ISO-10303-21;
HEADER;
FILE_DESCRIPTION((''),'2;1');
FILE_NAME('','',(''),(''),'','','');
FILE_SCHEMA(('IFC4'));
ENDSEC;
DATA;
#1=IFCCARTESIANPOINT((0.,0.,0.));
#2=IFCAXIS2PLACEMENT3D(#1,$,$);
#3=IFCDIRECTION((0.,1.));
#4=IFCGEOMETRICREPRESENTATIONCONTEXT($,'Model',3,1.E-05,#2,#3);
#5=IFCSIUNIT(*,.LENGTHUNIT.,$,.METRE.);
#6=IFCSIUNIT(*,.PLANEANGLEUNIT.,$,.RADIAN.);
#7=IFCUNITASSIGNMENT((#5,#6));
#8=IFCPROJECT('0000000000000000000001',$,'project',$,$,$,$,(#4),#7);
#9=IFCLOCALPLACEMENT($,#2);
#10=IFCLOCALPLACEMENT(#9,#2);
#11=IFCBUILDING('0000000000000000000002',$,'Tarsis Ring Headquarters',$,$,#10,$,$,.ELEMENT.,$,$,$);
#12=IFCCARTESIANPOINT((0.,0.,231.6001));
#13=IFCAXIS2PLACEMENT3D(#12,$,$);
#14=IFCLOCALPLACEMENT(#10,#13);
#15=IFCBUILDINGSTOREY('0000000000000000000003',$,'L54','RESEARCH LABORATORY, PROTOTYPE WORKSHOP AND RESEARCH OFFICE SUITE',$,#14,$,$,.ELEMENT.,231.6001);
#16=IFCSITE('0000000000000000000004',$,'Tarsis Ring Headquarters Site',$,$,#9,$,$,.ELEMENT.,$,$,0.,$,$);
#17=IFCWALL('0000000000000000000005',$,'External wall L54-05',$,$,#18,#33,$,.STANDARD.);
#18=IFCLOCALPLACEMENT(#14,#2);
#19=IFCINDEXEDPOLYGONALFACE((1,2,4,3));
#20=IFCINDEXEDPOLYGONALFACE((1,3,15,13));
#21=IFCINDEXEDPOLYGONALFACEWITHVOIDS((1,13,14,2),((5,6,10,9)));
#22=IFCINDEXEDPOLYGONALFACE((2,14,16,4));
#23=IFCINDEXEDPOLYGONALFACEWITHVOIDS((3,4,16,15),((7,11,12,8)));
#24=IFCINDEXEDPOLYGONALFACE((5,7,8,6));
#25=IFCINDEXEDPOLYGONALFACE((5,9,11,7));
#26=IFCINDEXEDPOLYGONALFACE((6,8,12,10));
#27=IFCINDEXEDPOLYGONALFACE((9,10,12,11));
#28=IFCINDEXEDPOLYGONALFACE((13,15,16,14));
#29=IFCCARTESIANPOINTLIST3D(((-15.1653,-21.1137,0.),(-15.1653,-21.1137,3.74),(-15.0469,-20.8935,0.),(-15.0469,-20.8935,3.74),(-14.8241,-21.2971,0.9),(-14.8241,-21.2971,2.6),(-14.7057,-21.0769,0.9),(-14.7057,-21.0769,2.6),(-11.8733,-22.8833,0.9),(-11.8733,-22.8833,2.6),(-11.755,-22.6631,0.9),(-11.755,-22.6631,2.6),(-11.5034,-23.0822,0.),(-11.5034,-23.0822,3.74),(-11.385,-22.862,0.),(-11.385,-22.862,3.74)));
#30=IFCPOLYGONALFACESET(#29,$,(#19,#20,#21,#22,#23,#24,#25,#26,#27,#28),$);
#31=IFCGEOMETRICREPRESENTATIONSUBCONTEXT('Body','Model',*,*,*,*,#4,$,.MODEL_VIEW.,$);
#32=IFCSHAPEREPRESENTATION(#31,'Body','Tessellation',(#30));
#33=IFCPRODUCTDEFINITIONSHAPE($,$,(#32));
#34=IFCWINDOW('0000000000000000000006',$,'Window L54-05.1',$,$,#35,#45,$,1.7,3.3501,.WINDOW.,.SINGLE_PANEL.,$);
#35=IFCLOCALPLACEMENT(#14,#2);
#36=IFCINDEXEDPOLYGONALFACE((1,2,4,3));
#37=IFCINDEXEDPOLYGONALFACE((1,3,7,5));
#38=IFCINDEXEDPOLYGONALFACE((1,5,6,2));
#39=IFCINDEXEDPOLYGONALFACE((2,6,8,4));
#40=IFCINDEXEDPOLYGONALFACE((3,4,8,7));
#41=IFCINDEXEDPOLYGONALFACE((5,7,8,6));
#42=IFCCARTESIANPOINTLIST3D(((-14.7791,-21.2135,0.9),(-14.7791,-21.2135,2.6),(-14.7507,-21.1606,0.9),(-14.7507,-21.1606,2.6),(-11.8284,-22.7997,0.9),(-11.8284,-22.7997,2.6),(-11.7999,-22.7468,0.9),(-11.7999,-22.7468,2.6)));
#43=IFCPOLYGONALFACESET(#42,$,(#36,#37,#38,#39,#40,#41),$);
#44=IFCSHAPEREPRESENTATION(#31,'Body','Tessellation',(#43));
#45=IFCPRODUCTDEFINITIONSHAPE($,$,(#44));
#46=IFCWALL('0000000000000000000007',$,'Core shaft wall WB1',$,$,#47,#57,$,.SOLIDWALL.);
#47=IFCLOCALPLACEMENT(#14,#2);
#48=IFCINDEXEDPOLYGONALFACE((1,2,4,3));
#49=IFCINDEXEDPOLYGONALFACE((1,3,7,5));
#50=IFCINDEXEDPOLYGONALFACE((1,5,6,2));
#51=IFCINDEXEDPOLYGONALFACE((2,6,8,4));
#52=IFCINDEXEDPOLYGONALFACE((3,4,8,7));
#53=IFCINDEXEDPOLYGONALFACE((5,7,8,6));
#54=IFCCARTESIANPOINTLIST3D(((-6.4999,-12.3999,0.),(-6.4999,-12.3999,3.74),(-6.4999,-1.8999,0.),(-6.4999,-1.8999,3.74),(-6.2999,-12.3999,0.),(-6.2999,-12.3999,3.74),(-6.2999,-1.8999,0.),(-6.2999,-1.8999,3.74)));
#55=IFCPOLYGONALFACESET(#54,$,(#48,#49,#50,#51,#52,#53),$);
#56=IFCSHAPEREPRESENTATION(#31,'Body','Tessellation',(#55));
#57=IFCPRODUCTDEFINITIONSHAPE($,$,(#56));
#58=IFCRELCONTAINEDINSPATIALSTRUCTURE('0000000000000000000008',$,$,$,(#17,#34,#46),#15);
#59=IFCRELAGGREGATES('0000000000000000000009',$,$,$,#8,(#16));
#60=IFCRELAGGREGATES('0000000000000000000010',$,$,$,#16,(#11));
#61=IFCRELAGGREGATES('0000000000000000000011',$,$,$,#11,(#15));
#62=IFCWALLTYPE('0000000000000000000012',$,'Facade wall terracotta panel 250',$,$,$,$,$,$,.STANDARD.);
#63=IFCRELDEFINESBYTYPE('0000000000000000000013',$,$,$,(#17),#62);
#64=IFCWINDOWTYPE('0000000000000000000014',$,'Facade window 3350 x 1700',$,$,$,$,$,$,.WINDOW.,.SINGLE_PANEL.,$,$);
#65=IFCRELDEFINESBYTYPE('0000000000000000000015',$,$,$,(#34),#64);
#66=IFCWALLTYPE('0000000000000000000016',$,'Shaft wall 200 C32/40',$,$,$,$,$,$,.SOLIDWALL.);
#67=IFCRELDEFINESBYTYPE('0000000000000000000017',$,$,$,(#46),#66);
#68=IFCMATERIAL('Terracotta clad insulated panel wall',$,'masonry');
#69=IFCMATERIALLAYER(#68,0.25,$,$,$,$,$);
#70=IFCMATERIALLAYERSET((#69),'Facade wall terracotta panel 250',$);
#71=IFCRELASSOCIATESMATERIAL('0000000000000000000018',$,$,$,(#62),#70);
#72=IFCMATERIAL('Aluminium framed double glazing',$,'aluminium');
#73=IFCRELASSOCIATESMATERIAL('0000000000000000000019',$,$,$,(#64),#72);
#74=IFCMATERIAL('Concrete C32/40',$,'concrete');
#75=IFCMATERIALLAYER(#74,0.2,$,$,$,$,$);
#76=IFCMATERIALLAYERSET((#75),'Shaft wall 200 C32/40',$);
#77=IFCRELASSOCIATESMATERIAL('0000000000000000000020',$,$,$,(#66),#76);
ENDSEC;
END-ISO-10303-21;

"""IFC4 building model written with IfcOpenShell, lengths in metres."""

from ifc_helpers import new_model, si_unit, direction, frame, frame_2d, origin, place, context, subcontext, project, spatial, rectangle, extrude, material, layer, layer_set, type_object, element, fill, save


model = new_model("IFC4")

# Units and contexts
model_context = context("Model", 3, precision=1e-05, world=origin(), true_north=direction((0.0, 1.0)))
body_context = subcontext(model_context, "Body", "Model", "MODEL_VIEW")
ifc_project = project(units=[si_unit("LENGTHUNIT", "METRE"), si_unit("PLANEANGLEUNIT", "RADIAN")], contexts=[model_context])

# Site, building, storey
site_placement = place(None, origin())
site = spatial("IfcSite", under=ifc_project, at=site_placement, Name="Tarsis Ring Headquarters Site", CompositionType="ELEMENT", RefElevation=0.0)
building_placement = place(site_placement, origin())
building = spatial("IfcBuilding", under=site, at=building_placement, Name="Tarsis Ring Headquarters", CompositionType="ELEMENT")
storey_placement = place(building_placement, frame((0.0, 0.0, 231.6001)))
storey = spatial("IfcBuildingStorey", under=building, at=storey_placement, Name="L54", Description="RESEARCH LABORATORY, PROTOTYPE WORKSHOP AND RESEARCH OFFICE SUITE", CompositionType="ELEMENT", Elevation=231.6001)

# Wall, opening, window
ifc_material_1 = material(Name="Terracotta clad insulated panel wall", Category="masonry")
ifc_layer_1 = layer(ifc_material_1, 0.25)
ifc_layer_set_1 = layer_set([ifc_layer_1], Name="Facade wall terracotta panel 250")
wall_type_1 = type_object("IfcWallType", Name="Facade wall terracotta panel 250", PredefinedType="STANDARD", material=ifc_layer_set_1)
wall_1_placement = place(storey_placement, frame((-15.106, -21.0037, 0.0), z_axis=(0.0, 0.0, 1.0), x_axis=(0.880799, -0.47349, 0.0)))
wall_1 = element("IfcWall", 1, at=wall_1_placement, inside=storey, type_object=wall_type_1, Name="External wall L54-05", PredefinedType="STANDARD", context=body_context, shape_type="SweptSolid", body=[
    extrude(rectangle(XDim=4.1575, YDim=0.25, at=frame_2d((2.0786, 0.0))), origin(), (0.0, 0.0, 1.0), 3.74),
])
opening_1_placement = place(wall_1_placement, frame((0.3872, 0.0, 0.8999)))
opening_1 = element("IfcOpeningElement", 2, at=opening_1_placement, cuts=wall_1, PredefinedType="OPENING", context=body_context, shape_type="SweptSolid", body=[
    extrude(rectangle(XDim=3.3501, YDim=1.7, at=frame_2d((1.675, 0.8501))), frame((0.0, 0.135, 0.0), z_axis=(0.0, -1.0, 0.0), x_axis=(1.0, 0.0, 0.0)), (0.0, 0.0, 1.0), 0.27),
])
ifc_material_2 = material(Name="Aluminium framed double glazing", Category="aluminium")
window_type = type_object("IfcWindowType", Name="Facade window 3350 x 1700", PartitioningType="SINGLE_PANEL", PredefinedType="WINDOW", material=ifc_material_2)
window_placement = place(opening_1_placement, origin())
window = element("IfcWindow", 3, at=window_placement, inside=storey, type_object=window_type, Name="Window L54-05.1", OverallHeight=1.7, OverallWidth=3.3501, PartitioningType="SINGLE_PANEL", PredefinedType="WINDOW", context=body_context, shape_type="SweptSolid", body=[
    extrude(rectangle(XDim=3.3501, YDim=1.7, at=frame_2d((1.675, 0.8501))), frame((0.0, 0.03, 0.0), z_axis=(0.0, -1.0, 0.0), x_axis=(1.0, 0.0, 0.0)), (0.0, 0.0, 1.0), 0.0601),
])
fill(opening_1, window)

# Wall
ifc_material_3 = material(Name="Concrete C32/40", Category="concrete")
ifc_layer_2 = layer(ifc_material_3, 0.2)
ifc_layer_set_2 = layer_set([ifc_layer_2], Name="Shaft wall 200 C32/40")
wall_type_2 = type_object("IfcWallType", Name="Shaft wall 200 C32/40", PredefinedType="SOLIDWALL", material=ifc_layer_set_2)
wall_2_placement = place(storey_placement, frame((-6.3999, -12.3999, 0.0), z_axis=(0.0, 0.0, 1.0), x_axis=(0.0, 1.0, 0.0)))
element("IfcWall", 4, at=wall_2_placement, inside=storey, type_object=wall_type_2, Name="Core shaft wall WB1", PredefinedType="SOLIDWALL", context=body_context, shape_type="SweptSolid", body=[
    extrude(rectangle(XDim=10.5, YDim=0.2, at=frame_2d((5.25, 0.0))), origin(), (0.0, 0.0, 1.0), 3.74),
])

save(model, "model.ifc")
